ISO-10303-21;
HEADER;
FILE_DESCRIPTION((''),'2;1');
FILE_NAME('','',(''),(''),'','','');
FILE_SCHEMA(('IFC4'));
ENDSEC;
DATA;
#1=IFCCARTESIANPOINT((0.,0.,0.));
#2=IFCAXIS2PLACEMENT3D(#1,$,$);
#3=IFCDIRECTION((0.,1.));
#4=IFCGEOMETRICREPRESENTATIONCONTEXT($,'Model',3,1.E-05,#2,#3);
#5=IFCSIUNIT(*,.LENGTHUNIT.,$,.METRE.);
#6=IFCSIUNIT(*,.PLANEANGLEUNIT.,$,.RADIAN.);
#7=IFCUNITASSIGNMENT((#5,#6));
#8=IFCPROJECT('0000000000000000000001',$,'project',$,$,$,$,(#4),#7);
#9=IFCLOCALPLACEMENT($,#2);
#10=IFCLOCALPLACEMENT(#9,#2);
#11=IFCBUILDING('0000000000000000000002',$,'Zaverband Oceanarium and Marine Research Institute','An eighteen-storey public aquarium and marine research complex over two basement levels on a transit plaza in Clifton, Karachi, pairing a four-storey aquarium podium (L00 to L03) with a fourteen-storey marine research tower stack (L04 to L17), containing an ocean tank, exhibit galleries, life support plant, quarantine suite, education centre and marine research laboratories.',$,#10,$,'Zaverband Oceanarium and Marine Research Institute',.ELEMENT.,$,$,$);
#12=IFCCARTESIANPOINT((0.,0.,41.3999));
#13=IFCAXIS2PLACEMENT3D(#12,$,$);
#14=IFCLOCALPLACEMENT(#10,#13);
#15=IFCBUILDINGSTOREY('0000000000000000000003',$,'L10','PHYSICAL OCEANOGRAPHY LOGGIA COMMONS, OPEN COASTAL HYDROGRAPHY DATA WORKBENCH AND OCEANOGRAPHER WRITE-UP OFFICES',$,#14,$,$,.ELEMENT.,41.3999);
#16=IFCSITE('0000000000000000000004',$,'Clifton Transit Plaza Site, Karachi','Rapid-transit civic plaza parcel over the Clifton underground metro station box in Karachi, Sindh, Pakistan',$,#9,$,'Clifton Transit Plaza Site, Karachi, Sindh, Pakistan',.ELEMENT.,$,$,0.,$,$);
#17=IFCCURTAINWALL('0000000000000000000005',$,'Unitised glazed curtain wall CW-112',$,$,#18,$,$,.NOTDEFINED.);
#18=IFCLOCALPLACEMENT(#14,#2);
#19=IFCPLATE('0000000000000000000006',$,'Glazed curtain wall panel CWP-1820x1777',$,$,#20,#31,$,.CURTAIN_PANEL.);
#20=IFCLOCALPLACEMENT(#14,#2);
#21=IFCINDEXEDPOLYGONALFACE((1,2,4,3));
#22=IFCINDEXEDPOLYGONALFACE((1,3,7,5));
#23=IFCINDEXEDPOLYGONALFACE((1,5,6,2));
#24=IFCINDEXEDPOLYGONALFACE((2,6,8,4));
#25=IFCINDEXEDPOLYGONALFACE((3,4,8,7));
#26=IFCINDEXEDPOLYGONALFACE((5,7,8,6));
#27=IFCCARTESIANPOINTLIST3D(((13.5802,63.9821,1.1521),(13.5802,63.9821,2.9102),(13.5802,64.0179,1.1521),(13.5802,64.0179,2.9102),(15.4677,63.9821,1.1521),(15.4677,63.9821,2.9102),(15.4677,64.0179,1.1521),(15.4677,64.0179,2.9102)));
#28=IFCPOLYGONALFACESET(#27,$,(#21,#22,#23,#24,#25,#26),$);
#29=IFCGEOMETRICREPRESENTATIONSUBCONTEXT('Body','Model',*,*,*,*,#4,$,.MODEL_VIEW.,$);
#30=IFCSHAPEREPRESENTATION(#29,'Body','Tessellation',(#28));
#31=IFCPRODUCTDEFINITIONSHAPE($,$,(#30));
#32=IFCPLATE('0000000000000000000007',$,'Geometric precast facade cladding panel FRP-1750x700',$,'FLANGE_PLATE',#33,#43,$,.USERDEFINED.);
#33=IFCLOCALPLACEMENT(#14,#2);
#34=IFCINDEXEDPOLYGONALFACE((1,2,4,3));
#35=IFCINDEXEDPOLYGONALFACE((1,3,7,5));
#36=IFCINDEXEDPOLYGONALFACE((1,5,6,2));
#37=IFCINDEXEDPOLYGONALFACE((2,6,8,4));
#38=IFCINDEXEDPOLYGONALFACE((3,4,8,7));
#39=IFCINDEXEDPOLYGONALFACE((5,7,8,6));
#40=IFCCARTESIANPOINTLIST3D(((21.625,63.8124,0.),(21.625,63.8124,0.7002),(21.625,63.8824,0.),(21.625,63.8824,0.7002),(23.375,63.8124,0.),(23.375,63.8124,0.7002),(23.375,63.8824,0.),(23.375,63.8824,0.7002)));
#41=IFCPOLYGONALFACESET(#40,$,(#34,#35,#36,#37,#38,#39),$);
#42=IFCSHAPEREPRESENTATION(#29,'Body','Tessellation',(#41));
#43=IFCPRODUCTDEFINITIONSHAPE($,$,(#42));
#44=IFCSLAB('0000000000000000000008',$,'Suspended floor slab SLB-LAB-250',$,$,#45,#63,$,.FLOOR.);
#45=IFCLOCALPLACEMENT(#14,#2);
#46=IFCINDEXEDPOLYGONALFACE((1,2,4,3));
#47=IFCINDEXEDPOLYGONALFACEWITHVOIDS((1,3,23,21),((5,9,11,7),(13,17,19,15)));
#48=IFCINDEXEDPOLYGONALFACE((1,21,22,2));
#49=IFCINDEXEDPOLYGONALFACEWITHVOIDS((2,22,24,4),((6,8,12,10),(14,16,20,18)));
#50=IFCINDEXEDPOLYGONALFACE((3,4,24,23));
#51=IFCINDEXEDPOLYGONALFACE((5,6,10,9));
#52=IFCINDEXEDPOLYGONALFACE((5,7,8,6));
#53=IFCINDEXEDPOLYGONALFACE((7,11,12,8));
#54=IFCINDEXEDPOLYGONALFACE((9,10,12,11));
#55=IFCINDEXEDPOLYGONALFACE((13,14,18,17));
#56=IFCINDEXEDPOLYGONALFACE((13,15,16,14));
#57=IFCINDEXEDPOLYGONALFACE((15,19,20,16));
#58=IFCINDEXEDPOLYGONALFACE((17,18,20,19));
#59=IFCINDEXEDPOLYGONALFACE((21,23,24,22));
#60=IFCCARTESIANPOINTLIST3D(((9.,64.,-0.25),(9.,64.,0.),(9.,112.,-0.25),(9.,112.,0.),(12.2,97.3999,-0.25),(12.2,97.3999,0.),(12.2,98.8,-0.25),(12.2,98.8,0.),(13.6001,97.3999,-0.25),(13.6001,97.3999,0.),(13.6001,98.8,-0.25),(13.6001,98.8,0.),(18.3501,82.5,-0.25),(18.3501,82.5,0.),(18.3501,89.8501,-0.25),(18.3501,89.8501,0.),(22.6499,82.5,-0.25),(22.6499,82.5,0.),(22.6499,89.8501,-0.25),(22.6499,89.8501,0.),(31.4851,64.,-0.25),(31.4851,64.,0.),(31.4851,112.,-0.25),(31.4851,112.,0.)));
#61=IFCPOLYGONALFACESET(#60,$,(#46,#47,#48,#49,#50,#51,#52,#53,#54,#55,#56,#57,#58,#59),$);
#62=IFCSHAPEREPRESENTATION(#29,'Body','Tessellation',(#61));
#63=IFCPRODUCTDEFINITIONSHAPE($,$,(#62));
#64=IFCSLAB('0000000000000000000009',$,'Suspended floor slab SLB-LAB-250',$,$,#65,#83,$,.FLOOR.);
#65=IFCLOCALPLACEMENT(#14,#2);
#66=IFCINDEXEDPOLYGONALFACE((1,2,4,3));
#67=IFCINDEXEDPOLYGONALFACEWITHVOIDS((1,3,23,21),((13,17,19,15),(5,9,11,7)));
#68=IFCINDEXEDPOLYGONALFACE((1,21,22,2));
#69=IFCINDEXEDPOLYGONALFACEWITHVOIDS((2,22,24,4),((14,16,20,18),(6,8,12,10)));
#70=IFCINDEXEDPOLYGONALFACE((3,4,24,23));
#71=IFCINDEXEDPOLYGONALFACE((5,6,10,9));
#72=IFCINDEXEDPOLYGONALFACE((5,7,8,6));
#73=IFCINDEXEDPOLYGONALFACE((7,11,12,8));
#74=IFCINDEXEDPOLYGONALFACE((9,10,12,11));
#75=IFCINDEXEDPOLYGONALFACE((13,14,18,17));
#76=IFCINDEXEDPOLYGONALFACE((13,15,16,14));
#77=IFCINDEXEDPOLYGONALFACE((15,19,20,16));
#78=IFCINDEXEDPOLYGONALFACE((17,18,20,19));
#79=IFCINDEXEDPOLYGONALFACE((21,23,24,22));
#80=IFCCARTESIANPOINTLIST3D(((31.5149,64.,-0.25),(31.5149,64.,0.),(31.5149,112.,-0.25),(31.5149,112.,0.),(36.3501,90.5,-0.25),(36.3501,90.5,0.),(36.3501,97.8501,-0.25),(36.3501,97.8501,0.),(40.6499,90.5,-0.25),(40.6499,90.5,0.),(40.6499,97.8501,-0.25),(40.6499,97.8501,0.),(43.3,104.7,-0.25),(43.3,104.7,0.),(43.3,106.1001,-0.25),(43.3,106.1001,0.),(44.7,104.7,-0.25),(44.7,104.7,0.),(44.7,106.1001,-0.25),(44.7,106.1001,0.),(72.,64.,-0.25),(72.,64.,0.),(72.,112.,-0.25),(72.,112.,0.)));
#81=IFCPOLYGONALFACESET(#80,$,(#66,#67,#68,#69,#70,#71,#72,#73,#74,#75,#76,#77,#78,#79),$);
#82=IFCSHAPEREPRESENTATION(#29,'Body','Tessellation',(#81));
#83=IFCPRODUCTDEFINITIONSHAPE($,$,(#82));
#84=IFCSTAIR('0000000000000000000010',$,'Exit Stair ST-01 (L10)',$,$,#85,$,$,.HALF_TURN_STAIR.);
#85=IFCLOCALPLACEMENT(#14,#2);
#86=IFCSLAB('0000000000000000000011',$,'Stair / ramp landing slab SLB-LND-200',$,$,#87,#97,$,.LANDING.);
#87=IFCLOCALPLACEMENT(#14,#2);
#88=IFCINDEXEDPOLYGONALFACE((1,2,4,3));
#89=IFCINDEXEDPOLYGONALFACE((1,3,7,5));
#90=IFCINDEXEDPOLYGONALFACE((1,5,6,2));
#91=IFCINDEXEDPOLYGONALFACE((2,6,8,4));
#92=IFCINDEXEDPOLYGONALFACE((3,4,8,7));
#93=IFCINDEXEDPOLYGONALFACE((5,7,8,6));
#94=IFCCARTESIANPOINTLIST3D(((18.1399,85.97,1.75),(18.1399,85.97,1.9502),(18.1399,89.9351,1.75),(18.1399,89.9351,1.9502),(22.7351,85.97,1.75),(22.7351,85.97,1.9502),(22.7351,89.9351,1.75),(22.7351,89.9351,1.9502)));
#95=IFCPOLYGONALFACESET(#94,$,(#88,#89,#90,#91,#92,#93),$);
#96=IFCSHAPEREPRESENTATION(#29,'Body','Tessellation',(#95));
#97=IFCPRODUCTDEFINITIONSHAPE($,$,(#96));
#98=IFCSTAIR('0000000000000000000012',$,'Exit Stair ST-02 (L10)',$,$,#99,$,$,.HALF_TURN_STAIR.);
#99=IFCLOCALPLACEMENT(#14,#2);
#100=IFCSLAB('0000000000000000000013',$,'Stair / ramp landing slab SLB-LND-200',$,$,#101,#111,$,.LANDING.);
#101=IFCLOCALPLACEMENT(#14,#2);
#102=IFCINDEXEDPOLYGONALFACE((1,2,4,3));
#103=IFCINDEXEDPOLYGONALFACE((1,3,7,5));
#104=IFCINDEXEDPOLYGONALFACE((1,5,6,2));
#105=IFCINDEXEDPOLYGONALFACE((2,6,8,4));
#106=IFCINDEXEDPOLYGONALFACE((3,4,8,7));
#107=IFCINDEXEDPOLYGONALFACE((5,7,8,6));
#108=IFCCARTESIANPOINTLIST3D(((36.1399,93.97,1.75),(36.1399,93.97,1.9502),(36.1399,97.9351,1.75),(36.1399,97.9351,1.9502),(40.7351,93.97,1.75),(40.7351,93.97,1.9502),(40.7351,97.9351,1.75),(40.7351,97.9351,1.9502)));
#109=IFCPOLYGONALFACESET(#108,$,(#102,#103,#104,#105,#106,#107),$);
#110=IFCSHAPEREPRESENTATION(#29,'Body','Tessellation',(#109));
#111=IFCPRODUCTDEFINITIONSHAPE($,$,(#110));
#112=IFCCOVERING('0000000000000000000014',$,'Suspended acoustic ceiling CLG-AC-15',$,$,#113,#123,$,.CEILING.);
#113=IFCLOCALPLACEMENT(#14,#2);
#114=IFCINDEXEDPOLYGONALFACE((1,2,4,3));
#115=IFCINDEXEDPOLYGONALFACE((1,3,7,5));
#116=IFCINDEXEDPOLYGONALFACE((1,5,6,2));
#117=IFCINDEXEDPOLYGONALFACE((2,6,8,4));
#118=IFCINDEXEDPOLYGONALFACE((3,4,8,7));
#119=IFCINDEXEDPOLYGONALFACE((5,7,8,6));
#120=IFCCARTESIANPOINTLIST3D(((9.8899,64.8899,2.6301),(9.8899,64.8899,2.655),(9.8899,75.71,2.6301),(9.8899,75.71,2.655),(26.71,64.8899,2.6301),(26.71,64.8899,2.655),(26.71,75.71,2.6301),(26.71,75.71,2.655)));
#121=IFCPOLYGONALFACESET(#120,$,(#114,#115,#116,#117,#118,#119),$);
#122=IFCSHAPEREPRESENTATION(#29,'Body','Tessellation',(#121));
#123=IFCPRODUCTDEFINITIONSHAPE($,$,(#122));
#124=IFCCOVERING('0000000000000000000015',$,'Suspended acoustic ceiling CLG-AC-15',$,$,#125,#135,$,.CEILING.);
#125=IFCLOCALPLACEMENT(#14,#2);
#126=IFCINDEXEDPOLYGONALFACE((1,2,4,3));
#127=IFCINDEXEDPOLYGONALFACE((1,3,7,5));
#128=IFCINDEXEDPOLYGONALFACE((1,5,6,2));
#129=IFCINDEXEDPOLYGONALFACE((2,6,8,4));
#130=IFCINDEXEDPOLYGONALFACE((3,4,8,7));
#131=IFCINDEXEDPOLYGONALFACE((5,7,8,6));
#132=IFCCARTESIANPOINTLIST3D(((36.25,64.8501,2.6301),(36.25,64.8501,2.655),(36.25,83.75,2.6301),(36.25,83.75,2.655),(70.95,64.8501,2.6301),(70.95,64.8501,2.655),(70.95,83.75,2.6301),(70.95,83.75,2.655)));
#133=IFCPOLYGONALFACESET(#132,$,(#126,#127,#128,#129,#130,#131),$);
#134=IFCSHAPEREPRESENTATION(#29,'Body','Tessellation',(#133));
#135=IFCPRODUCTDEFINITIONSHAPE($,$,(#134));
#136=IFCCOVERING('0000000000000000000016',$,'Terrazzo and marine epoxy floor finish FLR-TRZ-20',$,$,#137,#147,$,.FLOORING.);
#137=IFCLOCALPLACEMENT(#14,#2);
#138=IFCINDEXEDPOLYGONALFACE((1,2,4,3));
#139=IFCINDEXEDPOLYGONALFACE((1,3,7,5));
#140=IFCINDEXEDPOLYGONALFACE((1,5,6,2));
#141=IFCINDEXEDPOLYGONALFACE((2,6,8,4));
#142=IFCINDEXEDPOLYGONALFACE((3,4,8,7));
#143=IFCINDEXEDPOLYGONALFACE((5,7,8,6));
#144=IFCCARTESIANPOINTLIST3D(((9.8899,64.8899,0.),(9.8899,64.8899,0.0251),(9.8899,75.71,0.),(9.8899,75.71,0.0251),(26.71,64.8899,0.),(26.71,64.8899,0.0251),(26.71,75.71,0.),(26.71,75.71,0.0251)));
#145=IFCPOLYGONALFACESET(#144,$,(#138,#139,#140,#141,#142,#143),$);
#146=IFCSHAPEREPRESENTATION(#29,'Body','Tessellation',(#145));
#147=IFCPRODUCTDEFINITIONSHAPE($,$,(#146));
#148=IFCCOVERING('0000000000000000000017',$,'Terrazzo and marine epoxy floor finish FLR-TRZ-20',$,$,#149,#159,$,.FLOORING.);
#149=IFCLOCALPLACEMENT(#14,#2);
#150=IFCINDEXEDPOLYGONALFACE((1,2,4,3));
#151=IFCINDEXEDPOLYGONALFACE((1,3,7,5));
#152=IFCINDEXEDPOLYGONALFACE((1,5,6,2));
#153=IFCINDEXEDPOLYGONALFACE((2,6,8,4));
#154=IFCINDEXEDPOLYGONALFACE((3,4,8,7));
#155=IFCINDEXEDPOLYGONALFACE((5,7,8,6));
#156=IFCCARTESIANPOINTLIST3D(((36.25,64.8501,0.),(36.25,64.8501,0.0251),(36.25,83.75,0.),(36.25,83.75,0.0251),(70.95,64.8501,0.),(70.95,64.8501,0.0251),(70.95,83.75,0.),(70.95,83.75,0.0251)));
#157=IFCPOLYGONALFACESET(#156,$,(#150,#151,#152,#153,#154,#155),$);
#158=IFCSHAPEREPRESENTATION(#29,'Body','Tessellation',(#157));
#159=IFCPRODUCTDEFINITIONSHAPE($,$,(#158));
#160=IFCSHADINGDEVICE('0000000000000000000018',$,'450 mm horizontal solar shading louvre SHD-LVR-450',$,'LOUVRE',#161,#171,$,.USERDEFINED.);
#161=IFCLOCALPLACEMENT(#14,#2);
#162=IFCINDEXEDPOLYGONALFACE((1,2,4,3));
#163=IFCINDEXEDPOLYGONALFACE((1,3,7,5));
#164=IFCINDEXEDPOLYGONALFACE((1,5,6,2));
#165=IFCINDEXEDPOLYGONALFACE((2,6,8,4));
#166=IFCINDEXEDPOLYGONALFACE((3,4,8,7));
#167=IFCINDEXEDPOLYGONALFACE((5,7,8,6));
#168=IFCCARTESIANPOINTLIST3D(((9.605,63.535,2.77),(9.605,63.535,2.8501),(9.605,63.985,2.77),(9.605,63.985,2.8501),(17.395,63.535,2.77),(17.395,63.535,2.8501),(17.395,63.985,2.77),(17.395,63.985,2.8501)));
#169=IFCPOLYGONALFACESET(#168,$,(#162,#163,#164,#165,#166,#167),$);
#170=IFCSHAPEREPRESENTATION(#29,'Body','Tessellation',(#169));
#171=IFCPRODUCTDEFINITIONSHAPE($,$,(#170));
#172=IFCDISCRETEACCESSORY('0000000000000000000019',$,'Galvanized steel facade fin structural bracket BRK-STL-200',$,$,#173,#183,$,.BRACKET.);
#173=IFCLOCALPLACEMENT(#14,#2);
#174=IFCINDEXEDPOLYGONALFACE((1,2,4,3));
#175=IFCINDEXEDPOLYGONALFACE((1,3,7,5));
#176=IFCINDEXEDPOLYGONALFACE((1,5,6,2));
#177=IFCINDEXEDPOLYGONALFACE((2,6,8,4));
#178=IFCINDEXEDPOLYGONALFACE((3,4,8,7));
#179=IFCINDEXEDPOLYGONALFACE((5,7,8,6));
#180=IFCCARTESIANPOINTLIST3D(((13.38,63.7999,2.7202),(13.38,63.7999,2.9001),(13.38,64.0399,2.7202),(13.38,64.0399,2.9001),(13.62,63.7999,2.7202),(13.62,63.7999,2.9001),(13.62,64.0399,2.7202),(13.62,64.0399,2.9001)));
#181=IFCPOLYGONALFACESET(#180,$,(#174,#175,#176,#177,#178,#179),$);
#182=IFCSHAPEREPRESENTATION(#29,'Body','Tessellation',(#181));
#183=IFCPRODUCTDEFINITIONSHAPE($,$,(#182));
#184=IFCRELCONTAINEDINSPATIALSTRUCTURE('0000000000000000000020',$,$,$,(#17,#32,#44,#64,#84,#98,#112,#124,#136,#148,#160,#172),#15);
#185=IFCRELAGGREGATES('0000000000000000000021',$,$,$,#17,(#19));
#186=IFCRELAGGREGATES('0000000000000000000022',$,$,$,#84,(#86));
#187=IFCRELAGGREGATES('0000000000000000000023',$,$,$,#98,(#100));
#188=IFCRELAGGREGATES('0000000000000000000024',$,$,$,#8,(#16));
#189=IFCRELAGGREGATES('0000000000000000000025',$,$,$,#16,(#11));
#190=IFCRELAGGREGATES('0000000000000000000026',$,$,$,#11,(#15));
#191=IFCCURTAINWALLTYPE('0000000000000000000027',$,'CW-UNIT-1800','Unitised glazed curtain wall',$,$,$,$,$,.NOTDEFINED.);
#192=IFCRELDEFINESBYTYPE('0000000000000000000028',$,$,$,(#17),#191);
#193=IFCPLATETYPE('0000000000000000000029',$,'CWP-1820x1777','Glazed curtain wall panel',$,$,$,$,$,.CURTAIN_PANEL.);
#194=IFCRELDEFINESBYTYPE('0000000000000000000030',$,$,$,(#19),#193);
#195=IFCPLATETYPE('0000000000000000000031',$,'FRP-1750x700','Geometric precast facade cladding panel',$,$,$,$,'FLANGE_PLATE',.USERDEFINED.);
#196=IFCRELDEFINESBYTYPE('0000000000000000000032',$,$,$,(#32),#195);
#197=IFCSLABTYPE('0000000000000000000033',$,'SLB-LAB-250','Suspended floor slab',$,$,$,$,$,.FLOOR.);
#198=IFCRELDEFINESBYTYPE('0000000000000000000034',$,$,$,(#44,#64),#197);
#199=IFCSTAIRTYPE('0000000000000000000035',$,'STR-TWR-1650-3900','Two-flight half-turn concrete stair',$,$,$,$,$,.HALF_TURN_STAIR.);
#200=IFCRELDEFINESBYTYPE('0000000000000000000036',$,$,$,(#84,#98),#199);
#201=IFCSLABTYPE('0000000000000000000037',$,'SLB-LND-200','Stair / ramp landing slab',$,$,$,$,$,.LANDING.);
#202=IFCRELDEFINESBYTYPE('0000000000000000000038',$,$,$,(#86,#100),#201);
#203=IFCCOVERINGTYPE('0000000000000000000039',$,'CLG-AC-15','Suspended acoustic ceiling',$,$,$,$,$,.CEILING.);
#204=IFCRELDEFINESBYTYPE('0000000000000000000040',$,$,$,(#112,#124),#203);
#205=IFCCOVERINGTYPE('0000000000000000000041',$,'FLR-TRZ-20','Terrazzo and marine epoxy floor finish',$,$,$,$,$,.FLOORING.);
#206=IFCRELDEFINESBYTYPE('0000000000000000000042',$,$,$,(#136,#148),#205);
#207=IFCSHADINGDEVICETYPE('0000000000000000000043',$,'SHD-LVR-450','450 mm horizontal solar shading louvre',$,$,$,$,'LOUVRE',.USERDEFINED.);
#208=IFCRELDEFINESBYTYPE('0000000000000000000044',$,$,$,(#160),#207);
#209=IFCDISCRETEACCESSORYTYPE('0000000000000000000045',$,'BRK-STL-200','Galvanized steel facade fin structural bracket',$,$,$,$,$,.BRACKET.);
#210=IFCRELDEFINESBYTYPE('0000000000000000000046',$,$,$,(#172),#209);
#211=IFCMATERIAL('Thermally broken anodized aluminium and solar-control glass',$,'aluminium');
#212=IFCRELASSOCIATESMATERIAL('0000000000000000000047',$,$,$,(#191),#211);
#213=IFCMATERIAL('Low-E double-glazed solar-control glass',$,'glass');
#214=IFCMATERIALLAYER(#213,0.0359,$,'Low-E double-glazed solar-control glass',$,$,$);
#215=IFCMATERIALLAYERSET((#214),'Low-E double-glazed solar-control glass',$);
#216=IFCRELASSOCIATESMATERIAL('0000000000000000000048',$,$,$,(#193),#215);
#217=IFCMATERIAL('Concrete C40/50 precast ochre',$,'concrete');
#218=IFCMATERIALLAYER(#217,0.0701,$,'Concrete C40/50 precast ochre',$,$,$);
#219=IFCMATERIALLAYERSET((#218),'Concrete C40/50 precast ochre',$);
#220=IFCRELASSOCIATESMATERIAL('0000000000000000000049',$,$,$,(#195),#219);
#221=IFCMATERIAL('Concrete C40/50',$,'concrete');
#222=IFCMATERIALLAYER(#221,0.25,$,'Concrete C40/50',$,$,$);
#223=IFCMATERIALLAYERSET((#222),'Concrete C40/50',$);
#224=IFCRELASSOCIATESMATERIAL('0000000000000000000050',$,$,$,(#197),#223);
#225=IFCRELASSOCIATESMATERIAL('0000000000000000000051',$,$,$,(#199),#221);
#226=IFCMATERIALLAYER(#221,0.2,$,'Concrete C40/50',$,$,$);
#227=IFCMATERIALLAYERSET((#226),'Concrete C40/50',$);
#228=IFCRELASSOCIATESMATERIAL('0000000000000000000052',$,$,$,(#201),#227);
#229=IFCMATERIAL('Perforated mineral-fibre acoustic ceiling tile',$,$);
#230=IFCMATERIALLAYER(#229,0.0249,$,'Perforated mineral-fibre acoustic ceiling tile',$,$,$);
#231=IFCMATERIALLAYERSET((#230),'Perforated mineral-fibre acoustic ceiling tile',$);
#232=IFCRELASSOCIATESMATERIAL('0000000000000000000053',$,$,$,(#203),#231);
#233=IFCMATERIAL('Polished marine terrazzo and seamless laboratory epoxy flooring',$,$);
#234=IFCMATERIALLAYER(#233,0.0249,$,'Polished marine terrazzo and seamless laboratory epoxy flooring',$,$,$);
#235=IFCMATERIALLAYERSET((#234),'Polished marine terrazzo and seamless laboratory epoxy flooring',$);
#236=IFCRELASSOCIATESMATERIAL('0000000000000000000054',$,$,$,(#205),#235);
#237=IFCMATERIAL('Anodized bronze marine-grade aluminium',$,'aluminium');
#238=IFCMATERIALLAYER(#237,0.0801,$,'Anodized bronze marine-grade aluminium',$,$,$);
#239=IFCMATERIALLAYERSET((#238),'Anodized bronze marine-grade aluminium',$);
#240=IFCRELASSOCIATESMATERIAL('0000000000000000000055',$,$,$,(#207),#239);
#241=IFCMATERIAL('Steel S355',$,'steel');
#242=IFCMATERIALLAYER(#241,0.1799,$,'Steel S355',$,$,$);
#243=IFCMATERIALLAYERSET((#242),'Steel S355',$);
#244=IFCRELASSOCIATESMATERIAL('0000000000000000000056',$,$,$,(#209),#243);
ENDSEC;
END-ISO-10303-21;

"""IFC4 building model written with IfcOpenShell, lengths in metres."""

from ifc_helpers import new_model, si_unit, direction, frame, frame_2d, origin, origin_2d, place, context, subcontext, project, spatial, polyline, rectangle, outline, extrude, material, layer, layer_set, type_object, element, aggregate, save


model = new_model("IFC4")

# Units and contexts
model_context = context("Model", 3, precision=1e-05, world=origin(), true_north=direction((0.0, 1.0)))
body_context = subcontext(model_context, "Body", "Model", "MODEL_VIEW")
ifc_project = project(units=[si_unit("LENGTHUNIT", "METRE"), si_unit("PLANEANGLEUNIT", "RADIAN")], contexts=[model_context])

# Site, building, storey
site_placement = place(None, origin())
site = spatial("IfcSite", under=ifc_project, at=site_placement, Name="Clifton Transit Plaza Site, Karachi", Description="Rapid-transit civic plaza parcel over the Clifton underground metro station box in Karachi, Sindh, Pakistan", LongName="Clifton Transit Plaza Site, Karachi, Sindh, Pakistan", CompositionType="ELEMENT", RefElevation=0.0)
building_placement = place(site_placement, origin())
building = spatial("IfcBuilding", under=site, at=building_placement, Name="Zaverband Oceanarium and Marine Research Institute", Description="An eighteen-storey public aquarium and marine research complex over two basement levels on a transit plaza in Clifton, Karachi, pairing a four-storey aquarium podium (L00 to L03) with a fourteen-storey marine research tower stack (L04 to L17), containing an ocean tank, exhibit galleries, life support plant, quarantine suite, education centre and marine research laboratories.", LongName="Zaverband Oceanarium and Marine Research Institute", CompositionType="ELEMENT")
storey_placement = place(building_placement, frame((0.0, 0.0, 41.3999)))
storey = spatial("IfcBuildingStorey", under=building, at=storey_placement, Name="L10", Description="PHYSICAL OCEANOGRAPHY LOGGIA COMMONS, OPEN COASTAL HYDROGRAPHY DATA WORKBENCH AND OCEANOGRAPHER WRITE-UP OFFICES", CompositionType="ELEMENT", Elevation=41.3999)

# Curtain wall
ifc_material_1 = material(Name="Thermally broken anodized aluminium and solar-control glass", Category="aluminium")
curtain_wall_type = type_object("IfcCurtainWallType", Name="CW-UNIT-1800", Description="Unitised glazed curtain wall", PredefinedType="NOTDEFINED", material=ifc_material_1)
curtain_wall_placement = place(storey_placement, origin())
curtain_wall = element("IfcCurtainWall", 1, at=curtain_wall_placement, inside=storey, type_object=curtain_wall_type, Name="Unitised glazed curtain wall CW-112", PredefinedType="NOTDEFINED")

# Shared definitions
ifc_material_2 = material(Name="Concrete C40/50", Category="concrete")

# Plates
ifc_material_3 = material(Name="Low-E double-glazed solar-control glass", Category="glass")
ifc_layer_1 = layer(ifc_material_3, 0.0359, Name="Low-E double-glazed solar-control glass")
ifc_layer_set_1 = layer_set([ifc_layer_1], Name="Low-E double-glazed solar-control glass")
plate_type_1 = type_object("IfcPlateType", Name="CWP-1820x1777", Description="Glazed curtain wall panel", PredefinedType="CURTAIN_PANEL", material=ifc_layer_set_1)
plate_1_placement = place(storey_placement, frame((13.5801, 64.0, 1.1521), z_axis=(0.0, 0.0, 1.0), x_axis=(1.0, 0.0, 0.0)))
plate_1 = element("IfcPlate", 2, at=plate_1_placement, type_object=plate_type_1, Name="Glazed curtain wall panel CWP-1820x1777", PredefinedType="CURTAIN_PANEL", context=body_context, shape_type="SweptSolid", body=[
    extrude(rectangle(XDim=1.8875, YDim=0.0359, at=frame_2d((0.9438, 0.0))), origin(), (0.0, 0.0, 1.0), 1.7581),
])
aggregate(curtain_wall, [plate_1])
ifc_material_4 = material(Name="Concrete C40/50 precast ochre", Category="concrete")
ifc_layer_2 = layer(ifc_material_4, 0.0701, Name="Concrete C40/50 precast ochre")
ifc_layer_set_2 = layer_set([ifc_layer_2], Name="Concrete C40/50 precast ochre")
plate_type_2 = type_object("IfcPlateType", Name="FRP-1750x700", Description="Geometric precast facade cladding panel", ElementType="FLANGE_PLATE", PredefinedType="USERDEFINED", material=ifc_layer_set_2)
plate_2_placement = place(storey_placement, frame((21.625, 63.8474, 0.0), z_axis=(0.0, 0.0, 1.0), x_axis=(1.0, 0.0, 0.0)))
element("IfcPlate", 3, at=plate_2_placement, inside=storey, type_object=plate_type_2, Name="Geometric precast facade cladding panel FRP-1750x700", ObjectType="FLANGE_PLATE", PredefinedType="USERDEFINED", context=body_context, shape_type="SweptSolid", body=[
    extrude(rectangle(XDim=1.75, YDim=0.0701, at=frame_2d((0.875, 0.0))), origin(), (0.0, 0.0, 1.0), 0.7002),
])

# Slabs
ifc_layer_3 = layer(ifc_material_2, 0.25, Name="Concrete C40/50")
ifc_layer_set_3 = layer_set([ifc_layer_3], Name="Concrete C40/50")
slab_type_1 = type_object("IfcSlabType", Name="SLB-LAB-250", Description="Suspended floor slab", PredefinedType="FLOOR", material=ifc_layer_set_3)
slab_1_placement = place(storey_placement, frame((0.0, 0.0, -0.25)))
element("IfcSlab", 4, at=slab_1_placement, inside=storey, type_object=slab_type_1, Name="Suspended floor slab SLB-LAB-250", PredefinedType="FLOOR", context=body_context, shape_type="SweptSolid", body=[
    extrude(outline(polyline([(9.0, 112.0), (31.4851, 112.0), (31.4851, 64.0), (9.0, 64.0), (9.0, 112.0)]), holes=[polyline([(18.3501, 89.8501), (18.3501, 82.5), (22.6499, 82.5), (22.6499, 89.8501), (18.3501, 89.8501)]), polyline([(12.2, 98.8), (12.2, 97.3999), (13.6001, 97.3999), (13.6001, 98.8), (12.2, 98.8)])]), origin(), (0.0, 0.0, 1.0), 0.25),
])
slab_2_placement = place(storey_placement, frame((0.0, 0.0, -0.25)))
element("IfcSlab", 5, at=slab_2_placement, inside=storey, type_object=slab_type_1, Name="Suspended floor slab SLB-LAB-250", PredefinedType="FLOOR", context=body_context, shape_type="SweptSolid", body=[
    extrude(outline(polyline([(31.5149, 112.0), (72.0, 112.0), (72.0, 64.0), (31.5149, 64.0), (31.5149, 112.0)]), holes=[polyline([(36.3501, 97.8501), (36.3501, 90.5), (40.6499, 90.5), (40.6499, 97.8501), (36.3501, 97.8501)]), polyline([(43.3, 106.1001), (43.3, 104.7), (44.7, 104.7), (44.7, 106.1001), (43.3, 106.1001)])]), origin(), (0.0, 0.0, 1.0), 0.25),
])

# Stairs, slabs
stair_type = type_object("IfcStairType", Name="STR-TWR-1650-3900", Description="Two-flight half-turn concrete stair", PredefinedType="HALF_TURN_STAIR", material=ifc_material_2)
stair_1_placement = place(storey_placement, origin())
stair_1 = element("IfcStair", 6, at=stair_1_placement, inside=storey, type_object=stair_type, Name="Exit Stair ST-01 (L10)", PredefinedType="HALF_TURN_STAIR")
ifc_layer_4 = layer(ifc_material_2, 0.2, Name="Concrete C40/50")
ifc_layer_set_4 = layer_set([ifc_layer_4], Name="Concrete C40/50")
slab_type_2 = type_object("IfcSlabType", Name="SLB-LND-200", Description="Stair / ramp landing slab", PredefinedType="LANDING", material=ifc_layer_set_4)
slab_3_placement = place(storey_placement, frame((0.0, 0.0, 1.75)))
slab_3 = element("IfcSlab", 7, at=slab_3_placement, type_object=slab_type_2, Name="Stair / ramp landing slab SLB-LND-200", PredefinedType="LANDING", context=body_context, shape_type="SweptSolid", body=[
    extrude(outline(polyline([(18.1399, 85.97), (22.7351, 85.97), (22.7351, 89.9351), (18.1399, 89.9351), (18.1399, 85.97)])), origin(), (0.0, 0.0, 1.0), 0.2002),
])
aggregate(stair_1, [slab_3])
stair_2_placement = place(storey_placement, origin())
stair_2 = element("IfcStair", 8, at=stair_2_placement, inside=storey, type_object=stair_type, Name="Exit Stair ST-02 (L10)", PredefinedType="HALF_TURN_STAIR")
slab_4_placement = place(storey_placement, frame((0.0, 0.0, 1.75)))
slab_4 = element("IfcSlab", 9, at=slab_4_placement, type_object=slab_type_2, Name="Stair / ramp landing slab SLB-LND-200", PredefinedType="LANDING", context=body_context, shape_type="SweptSolid", body=[
    extrude(outline(polyline([(36.1399, 93.97), (40.7351, 93.97), (40.7351, 97.9351), (36.1399, 97.9351), (36.1399, 93.97)])), origin(), (0.0, 0.0, 1.0), 0.2002),
])
aggregate(stair_2, [slab_4])

# Coverings
ifc_material_5 = material(Name="Perforated mineral-fibre acoustic ceiling tile")
ifc_layer_5 = layer(ifc_material_5, 0.0249, Name="Perforated mineral-fibre acoustic ceiling tile")
ifc_layer_set_5 = layer_set([ifc_layer_5], Name="Perforated mineral-fibre acoustic ceiling tile")
covering_type_1 = type_object("IfcCoveringType", Name="CLG-AC-15", Description="Suspended acoustic ceiling", PredefinedType="CEILING", material=ifc_layer_set_5)
covering_1_placement = place(storey_placement, frame((0.0, 0.0, 2.6301)))
element("IfcCovering", 10, at=covering_1_placement, inside=storey, type_object=covering_type_1, Name="Suspended acoustic ceiling CLG-AC-15", PredefinedType="CEILING", context=body_context, shape_type="SweptSolid", body=[
    extrude(outline(polyline([(9.8899, 64.8899), (26.71, 64.8899), (26.71, 75.71), (9.8899, 75.71), (9.8899, 64.8899)])), origin(), (0.0, 0.0, 1.0), 0.0249),
])
covering_2_placement = place(storey_placement, frame((0.0, 0.0, 2.6301)))
element("IfcCovering", 11, at=covering_2_placement, inside=storey, type_object=covering_type_1, Name="Suspended acoustic ceiling CLG-AC-15", PredefinedType="CEILING", context=body_context, shape_type="SweptSolid", body=[
    extrude(outline(polyline([(36.25, 64.8501), (70.95, 64.8501), (70.95, 83.75), (36.25, 83.75), (36.25, 64.8501)])), origin(), (0.0, 0.0, 1.0), 0.0249),
])
ifc_material_6 = material(Name="Polished marine terrazzo and seamless laboratory epoxy flooring")
ifc_layer_6 = layer(ifc_material_6, 0.0249, Name="Polished marine terrazzo and seamless laboratory epoxy flooring")
ifc_layer_set_6 = layer_set([ifc_layer_6], Name="Polished marine terrazzo and seamless laboratory epoxy flooring")
covering_type_2 = type_object("IfcCoveringType", Name="FLR-TRZ-20", Description="Terrazzo and marine epoxy floor finish", PredefinedType="FLOORING", material=ifc_layer_set_6)
covering_3_placement = place(storey_placement, origin())
element("IfcCovering", 12, at=covering_3_placement, inside=storey, type_object=covering_type_2, Name="Terrazzo and marine epoxy floor finish FLR-TRZ-20", PredefinedType="FLOORING", context=body_context, shape_type="SweptSolid", body=[
    extrude(outline(polyline([(9.8899, 64.8899), (26.71, 64.8899), (26.71, 75.71), (9.8899, 75.71), (9.8899, 64.8899)])), origin(), (0.0, 0.0, 1.0), 0.0251),
])
covering_4_placement = place(storey_placement, origin())
element("IfcCovering", 13, at=covering_4_placement, inside=storey, type_object=covering_type_2, Name="Terrazzo and marine epoxy floor finish FLR-TRZ-20", PredefinedType="FLOORING", context=body_context, shape_type="SweptSolid", body=[
    extrude(outline(polyline([(36.25, 64.8501), (70.95, 64.8501), (70.95, 83.75), (36.25, 83.75), (36.25, 64.8501)])), origin(), (0.0, 0.0, 1.0), 0.0251),
])

# Shading device
ifc_material_7 = material(Name="Anodized bronze marine-grade aluminium", Category="aluminium")
ifc_layer_7 = layer(ifc_material_7, 0.0801, Name="Anodized bronze marine-grade aluminium")
ifc_layer_set_7 = layer_set([ifc_layer_7], Name="Anodized bronze marine-grade aluminium")
shading_device_type = type_object("IfcShadingDeviceType", Name="SHD-LVR-450", Description="450 mm horizontal solar shading louvre", ElementType="LOUVRE", PredefinedType="USERDEFINED", material=ifc_layer_set_7)
shading_device_placement = place(storey_placement, frame((9.605, 63.76, 2.77), z_axis=(0.0, 0.0, 1.0), x_axis=(1.0, 0.0, 0.0)))
element("IfcShadingDevice", 14, at=shading_device_placement, inside=storey, type_object=shading_device_type, Name="450 mm horizontal solar shading louvre SHD-LVR-450", ObjectType="LOUVRE", PredefinedType="USERDEFINED", context=body_context, shape_type="SweptSolid", body=[
    extrude(rectangle(XDim=7.79, YDim=0.45, at=frame_2d((3.895, 0.0))), origin(), (0.0, 0.0, 1.0), 0.0801),
])

# Discrete accessory
ifc_material_8 = material(Name="Steel S355", Category="steel")
ifc_layer_8 = layer(ifc_material_8, 0.1799, Name="Steel S355")
ifc_layer_set_8 = layer_set([ifc_layer_8], Name="Steel S355")
discrete_accessory_type = type_object("IfcDiscreteAccessoryType", Name="BRK-STL-200", Description="Galvanized steel facade fin structural bracket", PredefinedType="BRACKET", material=ifc_layer_set_8)
discrete_accessory_placement = place(storey_placement, frame((13.5, 63.9199, 2.7202), z_axis=(0.0, 0.0, 1.0), x_axis=(1.0, 0.0, 0.0)))
element("IfcDiscreteAccessory", 15, at=discrete_accessory_placement, inside=storey, type_object=discrete_accessory_type, Name="Galvanized steel facade fin structural bracket BRK-STL-200", PredefinedType="BRACKET", context=body_context, shape_type="SweptSolid", body=[
    extrude(rectangle(XDim=0.24, YDim=0.24, at=origin_2d()), origin(), (0.0, 0.0, 1.0), 0.1799),
])

save(model, "model.ifc")
